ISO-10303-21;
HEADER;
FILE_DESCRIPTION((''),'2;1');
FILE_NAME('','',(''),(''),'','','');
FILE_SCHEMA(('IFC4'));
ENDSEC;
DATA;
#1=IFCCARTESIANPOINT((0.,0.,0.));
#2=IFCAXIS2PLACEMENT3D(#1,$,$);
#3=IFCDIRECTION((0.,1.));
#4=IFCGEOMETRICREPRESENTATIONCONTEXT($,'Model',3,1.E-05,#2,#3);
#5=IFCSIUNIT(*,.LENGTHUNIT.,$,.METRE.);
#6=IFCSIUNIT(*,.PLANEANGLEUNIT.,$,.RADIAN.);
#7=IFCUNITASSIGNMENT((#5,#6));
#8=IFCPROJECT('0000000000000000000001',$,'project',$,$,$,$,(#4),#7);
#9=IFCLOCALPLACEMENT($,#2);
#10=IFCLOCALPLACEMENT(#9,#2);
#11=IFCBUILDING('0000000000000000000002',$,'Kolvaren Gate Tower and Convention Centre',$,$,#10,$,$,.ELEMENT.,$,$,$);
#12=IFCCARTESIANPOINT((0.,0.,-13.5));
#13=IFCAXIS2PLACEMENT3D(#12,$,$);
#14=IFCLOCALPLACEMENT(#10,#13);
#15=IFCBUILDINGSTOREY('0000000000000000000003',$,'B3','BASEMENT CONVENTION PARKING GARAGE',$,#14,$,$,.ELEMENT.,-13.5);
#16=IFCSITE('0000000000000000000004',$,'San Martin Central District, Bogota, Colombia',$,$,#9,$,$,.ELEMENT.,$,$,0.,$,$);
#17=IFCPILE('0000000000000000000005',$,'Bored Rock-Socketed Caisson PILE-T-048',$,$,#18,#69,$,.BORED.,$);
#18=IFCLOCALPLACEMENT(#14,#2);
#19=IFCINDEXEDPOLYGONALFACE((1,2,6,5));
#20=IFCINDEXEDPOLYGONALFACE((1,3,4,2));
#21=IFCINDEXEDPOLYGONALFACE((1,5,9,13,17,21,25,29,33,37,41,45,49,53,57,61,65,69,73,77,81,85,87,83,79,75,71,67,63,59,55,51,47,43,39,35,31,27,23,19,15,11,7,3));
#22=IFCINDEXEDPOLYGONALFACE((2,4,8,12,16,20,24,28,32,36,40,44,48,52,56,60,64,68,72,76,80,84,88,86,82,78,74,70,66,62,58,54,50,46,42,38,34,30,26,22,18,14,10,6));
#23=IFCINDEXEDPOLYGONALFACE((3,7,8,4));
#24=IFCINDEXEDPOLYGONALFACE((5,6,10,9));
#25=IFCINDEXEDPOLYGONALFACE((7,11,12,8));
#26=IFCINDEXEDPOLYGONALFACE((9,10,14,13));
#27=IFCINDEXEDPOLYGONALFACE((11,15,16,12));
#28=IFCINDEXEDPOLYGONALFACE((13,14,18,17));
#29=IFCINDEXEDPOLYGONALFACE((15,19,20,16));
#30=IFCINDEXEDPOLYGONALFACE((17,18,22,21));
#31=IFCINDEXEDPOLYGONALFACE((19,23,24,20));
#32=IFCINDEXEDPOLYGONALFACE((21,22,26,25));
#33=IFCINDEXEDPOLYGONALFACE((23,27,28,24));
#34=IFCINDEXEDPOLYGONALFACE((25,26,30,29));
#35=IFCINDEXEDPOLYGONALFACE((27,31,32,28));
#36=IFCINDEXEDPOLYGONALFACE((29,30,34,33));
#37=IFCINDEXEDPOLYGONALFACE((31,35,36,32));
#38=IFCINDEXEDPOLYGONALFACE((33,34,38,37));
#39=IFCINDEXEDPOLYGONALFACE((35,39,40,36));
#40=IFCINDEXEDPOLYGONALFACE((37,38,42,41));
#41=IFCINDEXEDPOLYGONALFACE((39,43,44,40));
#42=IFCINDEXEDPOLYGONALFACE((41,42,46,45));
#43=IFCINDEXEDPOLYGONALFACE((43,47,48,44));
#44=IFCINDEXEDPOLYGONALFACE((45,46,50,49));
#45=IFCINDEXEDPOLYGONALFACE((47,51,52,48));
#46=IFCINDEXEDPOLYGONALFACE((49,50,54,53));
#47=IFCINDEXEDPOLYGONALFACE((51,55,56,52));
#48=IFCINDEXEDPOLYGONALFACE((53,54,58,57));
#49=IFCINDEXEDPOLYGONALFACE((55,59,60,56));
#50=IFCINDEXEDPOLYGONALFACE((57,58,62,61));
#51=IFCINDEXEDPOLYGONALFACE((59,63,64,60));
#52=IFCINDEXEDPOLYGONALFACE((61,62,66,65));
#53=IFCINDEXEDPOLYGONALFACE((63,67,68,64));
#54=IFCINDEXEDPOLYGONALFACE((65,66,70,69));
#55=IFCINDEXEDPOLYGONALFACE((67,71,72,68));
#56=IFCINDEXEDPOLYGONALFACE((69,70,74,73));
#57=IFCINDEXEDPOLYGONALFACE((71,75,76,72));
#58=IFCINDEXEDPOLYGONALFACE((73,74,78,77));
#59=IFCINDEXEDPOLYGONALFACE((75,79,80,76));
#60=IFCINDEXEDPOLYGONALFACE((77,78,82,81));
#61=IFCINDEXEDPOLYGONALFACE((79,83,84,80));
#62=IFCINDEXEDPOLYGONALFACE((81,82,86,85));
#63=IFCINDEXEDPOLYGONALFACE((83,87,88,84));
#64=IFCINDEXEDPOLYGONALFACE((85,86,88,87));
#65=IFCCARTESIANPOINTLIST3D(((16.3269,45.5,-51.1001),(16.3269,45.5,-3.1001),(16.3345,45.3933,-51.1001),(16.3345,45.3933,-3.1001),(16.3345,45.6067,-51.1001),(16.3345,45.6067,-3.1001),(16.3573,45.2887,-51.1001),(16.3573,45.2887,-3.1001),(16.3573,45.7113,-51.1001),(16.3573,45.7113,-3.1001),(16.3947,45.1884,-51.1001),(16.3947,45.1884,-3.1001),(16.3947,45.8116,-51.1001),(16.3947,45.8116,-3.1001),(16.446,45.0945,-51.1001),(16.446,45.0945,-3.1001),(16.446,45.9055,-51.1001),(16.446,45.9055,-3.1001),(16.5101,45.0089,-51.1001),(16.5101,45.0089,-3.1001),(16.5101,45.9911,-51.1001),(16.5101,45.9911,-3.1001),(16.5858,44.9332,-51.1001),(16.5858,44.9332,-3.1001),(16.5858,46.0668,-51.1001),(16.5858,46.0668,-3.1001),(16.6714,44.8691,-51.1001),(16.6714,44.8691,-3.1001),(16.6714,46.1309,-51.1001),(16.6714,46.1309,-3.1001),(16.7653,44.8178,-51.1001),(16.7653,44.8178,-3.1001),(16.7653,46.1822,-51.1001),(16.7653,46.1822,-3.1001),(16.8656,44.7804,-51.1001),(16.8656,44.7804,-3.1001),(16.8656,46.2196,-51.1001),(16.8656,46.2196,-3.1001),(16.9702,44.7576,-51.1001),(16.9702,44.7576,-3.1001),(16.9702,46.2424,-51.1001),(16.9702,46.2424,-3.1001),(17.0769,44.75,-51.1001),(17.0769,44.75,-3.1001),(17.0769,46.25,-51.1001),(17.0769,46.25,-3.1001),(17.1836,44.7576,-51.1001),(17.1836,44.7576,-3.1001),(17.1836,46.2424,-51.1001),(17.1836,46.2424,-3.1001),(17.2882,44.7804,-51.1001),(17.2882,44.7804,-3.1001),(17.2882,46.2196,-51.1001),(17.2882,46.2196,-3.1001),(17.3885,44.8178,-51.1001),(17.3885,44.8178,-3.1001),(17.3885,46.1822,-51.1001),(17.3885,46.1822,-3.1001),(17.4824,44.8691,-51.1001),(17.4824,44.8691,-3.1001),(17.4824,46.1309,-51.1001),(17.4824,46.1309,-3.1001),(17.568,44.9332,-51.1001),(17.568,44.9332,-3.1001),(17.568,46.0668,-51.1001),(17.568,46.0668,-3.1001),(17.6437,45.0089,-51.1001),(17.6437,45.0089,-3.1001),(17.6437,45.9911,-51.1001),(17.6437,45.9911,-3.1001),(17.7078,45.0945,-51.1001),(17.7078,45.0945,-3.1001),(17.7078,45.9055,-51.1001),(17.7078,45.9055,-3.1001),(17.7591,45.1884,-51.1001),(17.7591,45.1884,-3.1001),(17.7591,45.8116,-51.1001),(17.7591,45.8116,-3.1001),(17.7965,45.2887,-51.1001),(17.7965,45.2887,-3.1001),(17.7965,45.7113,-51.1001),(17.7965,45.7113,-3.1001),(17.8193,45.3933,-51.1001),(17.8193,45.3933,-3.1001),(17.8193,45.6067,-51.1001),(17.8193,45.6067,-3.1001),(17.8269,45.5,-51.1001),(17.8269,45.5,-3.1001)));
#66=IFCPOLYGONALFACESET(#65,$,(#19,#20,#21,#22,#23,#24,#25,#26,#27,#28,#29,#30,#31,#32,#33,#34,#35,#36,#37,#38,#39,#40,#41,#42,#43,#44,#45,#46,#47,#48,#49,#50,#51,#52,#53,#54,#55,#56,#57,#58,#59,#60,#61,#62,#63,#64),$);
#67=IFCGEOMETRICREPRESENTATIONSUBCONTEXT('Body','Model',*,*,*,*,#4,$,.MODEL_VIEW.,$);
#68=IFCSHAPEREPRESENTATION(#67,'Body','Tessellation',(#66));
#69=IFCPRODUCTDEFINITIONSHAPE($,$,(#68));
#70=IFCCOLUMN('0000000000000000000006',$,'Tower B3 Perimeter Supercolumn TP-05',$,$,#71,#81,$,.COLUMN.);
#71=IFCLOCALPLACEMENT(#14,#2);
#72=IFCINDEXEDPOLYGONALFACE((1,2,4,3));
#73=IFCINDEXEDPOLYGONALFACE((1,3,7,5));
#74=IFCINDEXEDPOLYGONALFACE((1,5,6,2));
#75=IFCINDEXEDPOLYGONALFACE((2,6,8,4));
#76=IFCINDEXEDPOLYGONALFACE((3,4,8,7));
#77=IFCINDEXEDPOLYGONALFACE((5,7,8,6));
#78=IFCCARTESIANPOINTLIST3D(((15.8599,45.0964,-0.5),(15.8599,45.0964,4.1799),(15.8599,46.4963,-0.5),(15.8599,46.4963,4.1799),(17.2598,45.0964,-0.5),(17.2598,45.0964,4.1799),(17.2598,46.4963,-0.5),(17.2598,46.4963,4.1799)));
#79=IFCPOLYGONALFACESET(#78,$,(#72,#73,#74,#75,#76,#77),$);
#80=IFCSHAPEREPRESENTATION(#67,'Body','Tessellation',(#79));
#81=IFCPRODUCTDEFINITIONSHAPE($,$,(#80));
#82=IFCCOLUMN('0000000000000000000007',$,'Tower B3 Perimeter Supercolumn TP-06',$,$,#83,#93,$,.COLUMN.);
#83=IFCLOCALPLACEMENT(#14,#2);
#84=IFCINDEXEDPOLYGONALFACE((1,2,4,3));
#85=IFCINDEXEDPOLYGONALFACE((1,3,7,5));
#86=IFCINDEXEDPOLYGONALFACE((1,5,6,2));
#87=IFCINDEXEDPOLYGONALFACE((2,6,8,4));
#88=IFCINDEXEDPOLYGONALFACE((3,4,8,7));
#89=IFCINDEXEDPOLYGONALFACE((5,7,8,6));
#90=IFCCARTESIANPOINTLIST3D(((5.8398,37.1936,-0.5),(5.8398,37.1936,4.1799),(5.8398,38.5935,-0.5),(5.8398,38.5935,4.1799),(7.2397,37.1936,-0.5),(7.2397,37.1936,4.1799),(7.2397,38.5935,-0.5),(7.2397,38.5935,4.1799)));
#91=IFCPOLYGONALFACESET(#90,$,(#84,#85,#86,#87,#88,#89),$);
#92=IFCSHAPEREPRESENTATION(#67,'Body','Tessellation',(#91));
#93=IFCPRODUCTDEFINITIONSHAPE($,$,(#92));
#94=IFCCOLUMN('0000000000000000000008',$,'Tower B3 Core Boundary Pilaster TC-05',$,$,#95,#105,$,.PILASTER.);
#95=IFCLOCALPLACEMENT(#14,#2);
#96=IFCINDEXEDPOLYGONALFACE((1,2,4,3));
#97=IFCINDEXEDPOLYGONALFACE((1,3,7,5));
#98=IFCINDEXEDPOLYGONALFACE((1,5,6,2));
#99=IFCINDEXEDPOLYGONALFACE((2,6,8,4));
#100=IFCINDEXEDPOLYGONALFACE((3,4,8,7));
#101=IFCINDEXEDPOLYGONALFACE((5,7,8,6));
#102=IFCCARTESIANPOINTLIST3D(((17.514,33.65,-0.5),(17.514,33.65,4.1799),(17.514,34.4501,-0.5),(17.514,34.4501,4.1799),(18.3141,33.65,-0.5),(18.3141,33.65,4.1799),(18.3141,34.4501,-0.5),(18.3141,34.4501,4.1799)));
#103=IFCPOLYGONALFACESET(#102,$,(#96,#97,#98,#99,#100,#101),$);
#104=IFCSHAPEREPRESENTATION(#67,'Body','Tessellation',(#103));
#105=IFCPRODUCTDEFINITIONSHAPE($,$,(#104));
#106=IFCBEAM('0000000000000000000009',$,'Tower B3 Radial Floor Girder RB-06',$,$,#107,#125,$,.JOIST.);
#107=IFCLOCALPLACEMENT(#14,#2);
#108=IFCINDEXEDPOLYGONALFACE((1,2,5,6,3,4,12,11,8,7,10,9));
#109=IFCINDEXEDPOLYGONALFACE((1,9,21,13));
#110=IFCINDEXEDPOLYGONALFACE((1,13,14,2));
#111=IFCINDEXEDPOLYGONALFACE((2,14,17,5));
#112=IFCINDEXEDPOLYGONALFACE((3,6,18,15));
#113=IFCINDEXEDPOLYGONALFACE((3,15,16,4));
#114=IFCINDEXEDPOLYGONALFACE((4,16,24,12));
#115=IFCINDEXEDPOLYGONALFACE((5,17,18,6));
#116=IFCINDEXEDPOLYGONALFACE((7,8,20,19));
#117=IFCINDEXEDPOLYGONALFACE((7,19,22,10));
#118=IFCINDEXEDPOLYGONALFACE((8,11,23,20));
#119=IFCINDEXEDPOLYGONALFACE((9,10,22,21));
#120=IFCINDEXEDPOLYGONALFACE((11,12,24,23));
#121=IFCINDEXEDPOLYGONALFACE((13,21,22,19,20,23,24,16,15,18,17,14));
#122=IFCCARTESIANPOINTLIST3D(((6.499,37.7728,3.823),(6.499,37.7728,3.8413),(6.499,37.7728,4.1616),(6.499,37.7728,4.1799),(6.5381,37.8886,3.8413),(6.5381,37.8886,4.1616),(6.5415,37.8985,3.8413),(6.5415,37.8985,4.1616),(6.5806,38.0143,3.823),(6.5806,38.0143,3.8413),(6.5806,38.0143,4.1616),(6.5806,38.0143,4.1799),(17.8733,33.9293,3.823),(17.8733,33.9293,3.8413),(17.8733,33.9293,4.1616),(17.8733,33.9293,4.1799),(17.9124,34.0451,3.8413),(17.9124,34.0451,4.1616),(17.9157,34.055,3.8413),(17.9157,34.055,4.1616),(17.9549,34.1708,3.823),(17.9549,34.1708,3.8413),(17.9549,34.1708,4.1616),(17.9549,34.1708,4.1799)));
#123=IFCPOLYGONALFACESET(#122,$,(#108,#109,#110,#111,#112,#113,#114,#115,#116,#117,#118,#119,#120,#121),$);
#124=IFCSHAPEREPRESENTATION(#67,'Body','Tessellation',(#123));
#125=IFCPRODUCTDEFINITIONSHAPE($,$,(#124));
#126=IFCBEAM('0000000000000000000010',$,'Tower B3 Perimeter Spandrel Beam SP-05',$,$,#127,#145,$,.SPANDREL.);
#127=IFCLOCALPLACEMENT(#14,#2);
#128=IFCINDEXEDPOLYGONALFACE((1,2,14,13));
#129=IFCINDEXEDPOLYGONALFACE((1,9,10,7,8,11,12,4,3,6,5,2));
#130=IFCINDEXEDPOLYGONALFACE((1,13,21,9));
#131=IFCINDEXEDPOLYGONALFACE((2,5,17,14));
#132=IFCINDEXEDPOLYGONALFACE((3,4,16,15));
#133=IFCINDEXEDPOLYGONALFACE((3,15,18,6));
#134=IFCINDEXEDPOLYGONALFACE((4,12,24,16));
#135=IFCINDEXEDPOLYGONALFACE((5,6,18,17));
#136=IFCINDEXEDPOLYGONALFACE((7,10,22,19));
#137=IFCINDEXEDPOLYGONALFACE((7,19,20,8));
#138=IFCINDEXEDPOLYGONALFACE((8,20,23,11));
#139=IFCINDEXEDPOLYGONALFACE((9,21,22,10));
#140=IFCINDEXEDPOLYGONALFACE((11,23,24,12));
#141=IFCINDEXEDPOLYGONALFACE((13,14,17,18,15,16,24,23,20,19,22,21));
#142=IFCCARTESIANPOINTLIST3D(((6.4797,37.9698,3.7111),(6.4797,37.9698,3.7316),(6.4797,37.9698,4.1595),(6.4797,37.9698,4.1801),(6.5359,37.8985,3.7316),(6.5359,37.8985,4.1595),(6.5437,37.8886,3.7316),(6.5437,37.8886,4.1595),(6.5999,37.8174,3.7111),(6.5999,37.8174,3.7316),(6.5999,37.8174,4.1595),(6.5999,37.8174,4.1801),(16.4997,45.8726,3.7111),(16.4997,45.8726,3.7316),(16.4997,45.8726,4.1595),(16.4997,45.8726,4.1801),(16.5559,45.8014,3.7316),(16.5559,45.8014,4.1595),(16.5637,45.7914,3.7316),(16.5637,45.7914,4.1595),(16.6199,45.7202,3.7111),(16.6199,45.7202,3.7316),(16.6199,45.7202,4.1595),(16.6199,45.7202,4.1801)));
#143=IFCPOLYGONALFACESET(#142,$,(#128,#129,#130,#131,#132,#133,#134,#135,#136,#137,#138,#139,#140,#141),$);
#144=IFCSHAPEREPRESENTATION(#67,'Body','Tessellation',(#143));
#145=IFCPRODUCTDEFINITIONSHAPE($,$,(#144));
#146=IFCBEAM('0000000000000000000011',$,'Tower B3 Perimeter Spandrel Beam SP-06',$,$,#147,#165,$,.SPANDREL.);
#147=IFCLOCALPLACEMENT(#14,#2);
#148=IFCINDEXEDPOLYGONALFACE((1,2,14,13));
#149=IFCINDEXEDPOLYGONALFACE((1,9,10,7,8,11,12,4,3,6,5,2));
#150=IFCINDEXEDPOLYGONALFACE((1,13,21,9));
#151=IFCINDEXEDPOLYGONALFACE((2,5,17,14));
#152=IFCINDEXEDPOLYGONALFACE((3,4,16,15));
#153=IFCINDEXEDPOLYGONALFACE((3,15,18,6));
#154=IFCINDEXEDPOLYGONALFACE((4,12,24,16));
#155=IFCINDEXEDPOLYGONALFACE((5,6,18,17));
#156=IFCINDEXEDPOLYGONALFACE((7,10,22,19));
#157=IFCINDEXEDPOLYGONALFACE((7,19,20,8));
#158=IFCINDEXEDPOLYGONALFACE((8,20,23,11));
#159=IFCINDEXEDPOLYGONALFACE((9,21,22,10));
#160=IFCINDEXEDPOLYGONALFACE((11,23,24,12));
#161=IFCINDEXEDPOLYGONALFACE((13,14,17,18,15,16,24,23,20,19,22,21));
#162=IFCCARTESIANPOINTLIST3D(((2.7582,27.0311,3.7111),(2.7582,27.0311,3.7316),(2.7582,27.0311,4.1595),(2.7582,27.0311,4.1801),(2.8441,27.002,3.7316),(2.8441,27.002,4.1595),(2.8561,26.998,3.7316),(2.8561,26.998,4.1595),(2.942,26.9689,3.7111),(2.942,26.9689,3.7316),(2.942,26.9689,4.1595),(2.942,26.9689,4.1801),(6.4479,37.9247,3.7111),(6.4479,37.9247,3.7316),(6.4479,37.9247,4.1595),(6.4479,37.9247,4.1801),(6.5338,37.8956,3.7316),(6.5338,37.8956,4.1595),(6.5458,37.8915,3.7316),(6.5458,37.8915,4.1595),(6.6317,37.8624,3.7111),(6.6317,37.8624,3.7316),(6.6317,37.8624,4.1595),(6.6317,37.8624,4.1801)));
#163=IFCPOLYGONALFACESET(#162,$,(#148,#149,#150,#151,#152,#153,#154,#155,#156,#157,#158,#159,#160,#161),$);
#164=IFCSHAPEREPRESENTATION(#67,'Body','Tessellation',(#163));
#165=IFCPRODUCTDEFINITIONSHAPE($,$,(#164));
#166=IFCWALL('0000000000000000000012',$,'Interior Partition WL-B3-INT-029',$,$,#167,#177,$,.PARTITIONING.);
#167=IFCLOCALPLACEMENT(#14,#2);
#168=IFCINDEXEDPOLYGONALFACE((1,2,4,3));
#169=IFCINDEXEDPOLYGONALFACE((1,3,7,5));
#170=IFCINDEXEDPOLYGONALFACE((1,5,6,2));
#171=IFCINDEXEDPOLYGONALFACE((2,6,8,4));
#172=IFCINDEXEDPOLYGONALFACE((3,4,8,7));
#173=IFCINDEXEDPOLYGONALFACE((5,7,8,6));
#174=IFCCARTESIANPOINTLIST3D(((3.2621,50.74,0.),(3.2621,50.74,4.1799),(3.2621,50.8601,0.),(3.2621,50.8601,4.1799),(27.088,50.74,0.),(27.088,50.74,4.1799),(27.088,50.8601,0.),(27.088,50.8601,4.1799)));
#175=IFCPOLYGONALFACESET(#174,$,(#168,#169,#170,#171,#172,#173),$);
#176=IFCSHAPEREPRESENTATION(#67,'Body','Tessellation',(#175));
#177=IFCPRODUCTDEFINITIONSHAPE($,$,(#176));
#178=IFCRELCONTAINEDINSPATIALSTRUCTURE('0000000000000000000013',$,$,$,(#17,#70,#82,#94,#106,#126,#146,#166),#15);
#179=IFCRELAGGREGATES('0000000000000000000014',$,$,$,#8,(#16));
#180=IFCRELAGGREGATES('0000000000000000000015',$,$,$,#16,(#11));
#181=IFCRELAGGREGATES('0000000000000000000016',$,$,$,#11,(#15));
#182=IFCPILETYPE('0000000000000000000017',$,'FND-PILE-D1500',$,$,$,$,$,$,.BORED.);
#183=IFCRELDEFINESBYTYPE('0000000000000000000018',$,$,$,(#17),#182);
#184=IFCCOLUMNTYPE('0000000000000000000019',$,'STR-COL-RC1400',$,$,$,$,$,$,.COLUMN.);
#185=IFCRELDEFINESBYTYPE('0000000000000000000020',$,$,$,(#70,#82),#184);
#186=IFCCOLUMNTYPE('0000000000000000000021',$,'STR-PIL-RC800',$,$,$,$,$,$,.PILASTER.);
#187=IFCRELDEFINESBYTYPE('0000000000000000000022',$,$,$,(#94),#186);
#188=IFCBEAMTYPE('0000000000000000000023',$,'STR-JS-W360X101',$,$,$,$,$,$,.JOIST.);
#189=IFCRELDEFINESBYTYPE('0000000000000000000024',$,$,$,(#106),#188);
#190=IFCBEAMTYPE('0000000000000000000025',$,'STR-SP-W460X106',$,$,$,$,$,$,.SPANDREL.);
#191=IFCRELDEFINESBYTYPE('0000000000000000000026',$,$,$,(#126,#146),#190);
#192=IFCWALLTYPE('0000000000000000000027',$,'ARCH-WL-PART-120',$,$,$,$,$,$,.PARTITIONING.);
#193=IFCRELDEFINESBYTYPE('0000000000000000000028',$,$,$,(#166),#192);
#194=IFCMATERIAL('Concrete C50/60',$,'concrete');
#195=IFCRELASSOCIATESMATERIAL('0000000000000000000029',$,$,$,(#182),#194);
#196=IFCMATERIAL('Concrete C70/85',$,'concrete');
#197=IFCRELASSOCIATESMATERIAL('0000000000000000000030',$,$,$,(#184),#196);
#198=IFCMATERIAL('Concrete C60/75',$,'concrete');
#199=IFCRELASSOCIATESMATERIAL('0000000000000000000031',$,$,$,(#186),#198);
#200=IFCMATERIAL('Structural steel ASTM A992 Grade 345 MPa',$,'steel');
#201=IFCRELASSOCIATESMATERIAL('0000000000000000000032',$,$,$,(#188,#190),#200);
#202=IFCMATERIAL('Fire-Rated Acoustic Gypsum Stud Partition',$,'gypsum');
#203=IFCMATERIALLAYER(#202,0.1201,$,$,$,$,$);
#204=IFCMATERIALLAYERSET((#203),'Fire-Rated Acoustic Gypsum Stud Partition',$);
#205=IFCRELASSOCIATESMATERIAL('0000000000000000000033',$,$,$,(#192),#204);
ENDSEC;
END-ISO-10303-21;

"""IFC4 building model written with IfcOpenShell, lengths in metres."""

from ifc_helpers import new_model, si_unit, direction, frame, frame_2d, origin, origin_2d, place, context, subcontext, project, spatial, rectangle, circle, i_section, extrude, material, layer, layer_set, material_profile, profile_set, type_object, element, save


model = new_model("IFC4")

# Units and contexts
model_context = context("Model", 3, precision=1e-05, world=origin(), true_north=direction((0.0, 1.0)))
body_context = subcontext(model_context, "Body", "Model", "MODEL_VIEW")
ifc_project = project(units=[si_unit("LENGTHUNIT", "METRE"), si_unit("PLANEANGLEUNIT", "RADIAN")], contexts=[model_context])

# Site, building, storey
site_placement = place(None, origin())
site = spatial("IfcSite", under=ifc_project, at=site_placement, Name="San Martin Central District, Bogota, Colombia", CompositionType="ELEMENT", RefElevation=0.0)
building_placement = place(site_placement, origin())
building = spatial("IfcBuilding", under=site, at=building_placement, Name="Kolvaren Gate Tower and Convention Centre", CompositionType="ELEMENT")
storey_placement = place(building_placement, frame((0.0, 0.0, -13.5)))
storey = spatial("IfcBuildingStorey", under=building, at=storey_placement, Name="B3", Description="BASEMENT CONVENTION PARKING GARAGE", CompositionType="ELEMENT", Elevation=-13.5)

# Pile
ifc_material_1 = material(Name="Concrete C50/60", Category="concrete")
ifc_material_profile_1 = material_profile(ifc_material_1, circle(Radius=0.75, at=origin_2d()), Name="CAISSON-D1500")
ifc_profile_set_1 = profile_set([ifc_material_profile_1], Name="Concrete C50/60")
pile_type = type_object("IfcPileType", Name="FND-PILE-D1500", PredefinedType="BORED", material=ifc_profile_set_1)
for number, where, z_axis, x_axis, name in (
    (1, (17.0769, 45.5, -3.1001), (0.0, 0.0, -1.0), (1.0, 0.0, 0.0), "Bored Rock-Socketed Caisson PILE-T-048"),
):
    element("IfcPile", number, at=place(storey_placement, frame(where, z_axis=z_axis, x_axis=x_axis)), inside=storey, type_object=pile_type, Name=name, PredefinedType="BORED", context=body_context, shape_type="SweptSolid", body=[
        extrude(circle(Radius=0.75, at=origin_2d()), origin(), (0.0, 0.0, 1.0), 48.0),
    ])

# Columns
ifc_material_2 = material(Name="Concrete C70/85", Category="concrete")
ifc_material_profile_2 = material_profile(ifc_material_2, rectangle(XDim=1.3999, YDim=1.3999, at=origin_2d()), Name="RC-COL-1400X1400")
ifc_profile_set_2 = profile_set([ifc_material_profile_2], Name="Concrete C70/85")
column_type_1 = type_object("IfcColumnType", Name="STR-COL-RC1400", PredefinedType="COLUMN", material=ifc_profile_set_2)
for number, where, z_axis, x_axis, name in (
    (2, (16.5598, 45.7964, -0.5), (0.0, 0.0, 1.0), (1.0, 0.0, 0.0), "Tower B3 Perimeter Supercolumn TP-05"),
    (3, (6.5398, 37.8936, -0.5), (0.0, 0.0, 1.0), (1.0, 0.0, 0.0), "Tower B3 Perimeter Supercolumn TP-06"),
):
    element("IfcColumn", number, at=place(storey_placement, frame(where, z_axis=z_axis, x_axis=x_axis)), inside=storey, type_object=column_type_1, Name=name, PredefinedType="COLUMN", context=body_context, shape_type="SweptSolid", body=[
        extrude(rectangle(XDim=1.3999, YDim=1.3999, at=origin_2d()), origin(), (0.0, 0.0, 1.0), 4.6799),
    ])
ifc_material_3 = material(Name="Concrete C60/75", Category="concrete")
ifc_material_profile_3 = material_profile(ifc_material_3, rectangle(XDim=0.8, YDim=0.8, at=origin_2d()), Name="RC-COL-800X800")
ifc_profile_set_3 = profile_set([ifc_material_profile_3], Name="Concrete C60/75")
column_type_2 = type_object("IfcColumnType", Name="STR-PIL-RC800", PredefinedType="PILASTER", material=ifc_profile_set_3)
column_placement = place(storey_placement, frame((17.9141, 34.05, -0.5), z_axis=(0.0, 0.0, 1.0), x_axis=(1.0, 0.0, 0.0)))
element("IfcColumn", 4, at=column_placement, inside=storey, type_object=column_type_2, Name="Tower B3 Core Boundary Pilaster TC-05", PredefinedType="PILASTER", context=body_context, shape_type="SweptSolid", body=[
    extrude(rectangle(XDim=0.8, YDim=0.8, at=origin_2d()), origin(), (0.0, 0.0, 1.0), 4.6799),
])

# Beams
ifc_material_4 = material(Name="Structural steel ASTM A992 Grade 345 MPa", Category="steel")
ifc_material_profile_4 = material_profile(ifc_material_4, i_section(OverallWidth=0.2549, OverallDepth=0.3569, WebThickness=0.0105, FlangeThickness=0.0183, at=origin_2d()), Name="W360X101")
ifc_profile_set_4 = profile_set([ifc_material_profile_4], Name="Structural steel ASTM A992 Grade 345 MPa")
beam_type_1 = type_object("IfcBeamType", Name="STR-JS-W360X101", PredefinedType="JOIST", material=ifc_profile_set_4)
beam_1_placement = place(storey_placement, frame((17.9141, 34.05, 4.0015), z_axis=(-0.947374, 0.320129, 0.0), x_axis=(-0.320129, -0.947374, 0.0)))
element("IfcBeam", 5, at=beam_1_placement, inside=storey, type_object=beam_type_1, Name="Tower B3 Radial Floor Girder RB-06", PredefinedType="JOIST", context=body_context, shape_type="SweptSolid", body=[
    extrude(i_section(OverallWidth=0.2549, OverallDepth=0.3569, WebThickness=0.0105, FlangeThickness=0.0183, at=origin_2d()), origin(), (0.0, 0.0, 1.0), 12.0061),
])
ifc_material_profile_5 = material_profile(ifc_material_4, i_section(OverallWidth=0.1941, OverallDepth=0.469, WebThickness=0.0127, FlangeThickness=0.0205, at=origin_2d()), Name="W460X106")
ifc_profile_set_5 = profile_set([ifc_material_profile_5], Name="Structural steel ASTM A992 Grade 345 MPa")
beam_type_2 = type_object("IfcBeamType", Name="STR-SP-W460X106", PredefinedType="SPANDREL", material=ifc_profile_set_5)
beam_2_placement = place(storey_placement, frame((16.5598, 45.7964, 3.9456), z_axis=(-0.785176, -0.619272, 0.0), x_axis=(0.619272, -0.785176, 0.0)))
element("IfcBeam", 6, at=beam_2_placement, inside=storey, type_object=beam_type_2, Name="Tower B3 Perimeter Spandrel Beam SP-05", PredefinedType="SPANDREL", context=body_context, shape_type="SweptSolid", body=[
    extrude(i_section(OverallWidth=0.1941, OverallDepth=0.469, WebThickness=0.0127, FlangeThickness=0.0205, at=origin_2d()), origin(), (0.0, 0.0, 1.0), 12.7615),
])
beam_3_placement = place(storey_placement, frame((6.5398, 37.8936, 3.9456), z_axis=(-0.320803, -0.947146, 0.0), x_axis=(0.947146, -0.320803, 0.0)))
element("IfcBeam", 7, at=beam_3_placement, inside=storey, type_object=beam_type_2, Name="Tower B3 Perimeter Spandrel Beam SP-06", PredefinedType="SPANDREL", context=body_context, shape_type="SweptSolid", body=[
    extrude(i_section(OverallWidth=0.1941, OverallDepth=0.469, WebThickness=0.0127, FlangeThickness=0.0205, at=origin_2d()), origin(), (0.0, 0.0, 1.0), 11.5015),
])

# Wall
ifc_material_5 = material(Name="Fire-Rated Acoustic Gypsum Stud Partition", Category="gypsum")
ifc_layer_1 = layer(ifc_material_5, 0.1201)
ifc_layer_set_1 = layer_set([ifc_layer_1], Name="Fire-Rated Acoustic Gypsum Stud Partition")
wall_type_1 = type_object("IfcWallType", Name="ARCH-WL-PART-120", PredefinedType="PARTITIONING", material=ifc_layer_set_1)
wall_1_placement = place(storey_placement, frame((3.262, 50.8, 0.0), z_axis=(0.0, 0.0, 1.0), x_axis=(1.0, 0.0, 0.0)))
element("IfcWall", 8, at=wall_1_placement, inside=storey, type_object=wall_type_1, Name="Interior Partition WL-B3-INT-029", PredefinedType="PARTITIONING", context=body_context, shape_type="SweptSolid", body=[
    extrude(rectangle(XDim=23.8259, YDim=0.1201, at=frame_2d((11.9131, 0.0))), origin(), (0.0, 0.0, 1.0), 4.1799),
])

save(model, "model.ifc")
